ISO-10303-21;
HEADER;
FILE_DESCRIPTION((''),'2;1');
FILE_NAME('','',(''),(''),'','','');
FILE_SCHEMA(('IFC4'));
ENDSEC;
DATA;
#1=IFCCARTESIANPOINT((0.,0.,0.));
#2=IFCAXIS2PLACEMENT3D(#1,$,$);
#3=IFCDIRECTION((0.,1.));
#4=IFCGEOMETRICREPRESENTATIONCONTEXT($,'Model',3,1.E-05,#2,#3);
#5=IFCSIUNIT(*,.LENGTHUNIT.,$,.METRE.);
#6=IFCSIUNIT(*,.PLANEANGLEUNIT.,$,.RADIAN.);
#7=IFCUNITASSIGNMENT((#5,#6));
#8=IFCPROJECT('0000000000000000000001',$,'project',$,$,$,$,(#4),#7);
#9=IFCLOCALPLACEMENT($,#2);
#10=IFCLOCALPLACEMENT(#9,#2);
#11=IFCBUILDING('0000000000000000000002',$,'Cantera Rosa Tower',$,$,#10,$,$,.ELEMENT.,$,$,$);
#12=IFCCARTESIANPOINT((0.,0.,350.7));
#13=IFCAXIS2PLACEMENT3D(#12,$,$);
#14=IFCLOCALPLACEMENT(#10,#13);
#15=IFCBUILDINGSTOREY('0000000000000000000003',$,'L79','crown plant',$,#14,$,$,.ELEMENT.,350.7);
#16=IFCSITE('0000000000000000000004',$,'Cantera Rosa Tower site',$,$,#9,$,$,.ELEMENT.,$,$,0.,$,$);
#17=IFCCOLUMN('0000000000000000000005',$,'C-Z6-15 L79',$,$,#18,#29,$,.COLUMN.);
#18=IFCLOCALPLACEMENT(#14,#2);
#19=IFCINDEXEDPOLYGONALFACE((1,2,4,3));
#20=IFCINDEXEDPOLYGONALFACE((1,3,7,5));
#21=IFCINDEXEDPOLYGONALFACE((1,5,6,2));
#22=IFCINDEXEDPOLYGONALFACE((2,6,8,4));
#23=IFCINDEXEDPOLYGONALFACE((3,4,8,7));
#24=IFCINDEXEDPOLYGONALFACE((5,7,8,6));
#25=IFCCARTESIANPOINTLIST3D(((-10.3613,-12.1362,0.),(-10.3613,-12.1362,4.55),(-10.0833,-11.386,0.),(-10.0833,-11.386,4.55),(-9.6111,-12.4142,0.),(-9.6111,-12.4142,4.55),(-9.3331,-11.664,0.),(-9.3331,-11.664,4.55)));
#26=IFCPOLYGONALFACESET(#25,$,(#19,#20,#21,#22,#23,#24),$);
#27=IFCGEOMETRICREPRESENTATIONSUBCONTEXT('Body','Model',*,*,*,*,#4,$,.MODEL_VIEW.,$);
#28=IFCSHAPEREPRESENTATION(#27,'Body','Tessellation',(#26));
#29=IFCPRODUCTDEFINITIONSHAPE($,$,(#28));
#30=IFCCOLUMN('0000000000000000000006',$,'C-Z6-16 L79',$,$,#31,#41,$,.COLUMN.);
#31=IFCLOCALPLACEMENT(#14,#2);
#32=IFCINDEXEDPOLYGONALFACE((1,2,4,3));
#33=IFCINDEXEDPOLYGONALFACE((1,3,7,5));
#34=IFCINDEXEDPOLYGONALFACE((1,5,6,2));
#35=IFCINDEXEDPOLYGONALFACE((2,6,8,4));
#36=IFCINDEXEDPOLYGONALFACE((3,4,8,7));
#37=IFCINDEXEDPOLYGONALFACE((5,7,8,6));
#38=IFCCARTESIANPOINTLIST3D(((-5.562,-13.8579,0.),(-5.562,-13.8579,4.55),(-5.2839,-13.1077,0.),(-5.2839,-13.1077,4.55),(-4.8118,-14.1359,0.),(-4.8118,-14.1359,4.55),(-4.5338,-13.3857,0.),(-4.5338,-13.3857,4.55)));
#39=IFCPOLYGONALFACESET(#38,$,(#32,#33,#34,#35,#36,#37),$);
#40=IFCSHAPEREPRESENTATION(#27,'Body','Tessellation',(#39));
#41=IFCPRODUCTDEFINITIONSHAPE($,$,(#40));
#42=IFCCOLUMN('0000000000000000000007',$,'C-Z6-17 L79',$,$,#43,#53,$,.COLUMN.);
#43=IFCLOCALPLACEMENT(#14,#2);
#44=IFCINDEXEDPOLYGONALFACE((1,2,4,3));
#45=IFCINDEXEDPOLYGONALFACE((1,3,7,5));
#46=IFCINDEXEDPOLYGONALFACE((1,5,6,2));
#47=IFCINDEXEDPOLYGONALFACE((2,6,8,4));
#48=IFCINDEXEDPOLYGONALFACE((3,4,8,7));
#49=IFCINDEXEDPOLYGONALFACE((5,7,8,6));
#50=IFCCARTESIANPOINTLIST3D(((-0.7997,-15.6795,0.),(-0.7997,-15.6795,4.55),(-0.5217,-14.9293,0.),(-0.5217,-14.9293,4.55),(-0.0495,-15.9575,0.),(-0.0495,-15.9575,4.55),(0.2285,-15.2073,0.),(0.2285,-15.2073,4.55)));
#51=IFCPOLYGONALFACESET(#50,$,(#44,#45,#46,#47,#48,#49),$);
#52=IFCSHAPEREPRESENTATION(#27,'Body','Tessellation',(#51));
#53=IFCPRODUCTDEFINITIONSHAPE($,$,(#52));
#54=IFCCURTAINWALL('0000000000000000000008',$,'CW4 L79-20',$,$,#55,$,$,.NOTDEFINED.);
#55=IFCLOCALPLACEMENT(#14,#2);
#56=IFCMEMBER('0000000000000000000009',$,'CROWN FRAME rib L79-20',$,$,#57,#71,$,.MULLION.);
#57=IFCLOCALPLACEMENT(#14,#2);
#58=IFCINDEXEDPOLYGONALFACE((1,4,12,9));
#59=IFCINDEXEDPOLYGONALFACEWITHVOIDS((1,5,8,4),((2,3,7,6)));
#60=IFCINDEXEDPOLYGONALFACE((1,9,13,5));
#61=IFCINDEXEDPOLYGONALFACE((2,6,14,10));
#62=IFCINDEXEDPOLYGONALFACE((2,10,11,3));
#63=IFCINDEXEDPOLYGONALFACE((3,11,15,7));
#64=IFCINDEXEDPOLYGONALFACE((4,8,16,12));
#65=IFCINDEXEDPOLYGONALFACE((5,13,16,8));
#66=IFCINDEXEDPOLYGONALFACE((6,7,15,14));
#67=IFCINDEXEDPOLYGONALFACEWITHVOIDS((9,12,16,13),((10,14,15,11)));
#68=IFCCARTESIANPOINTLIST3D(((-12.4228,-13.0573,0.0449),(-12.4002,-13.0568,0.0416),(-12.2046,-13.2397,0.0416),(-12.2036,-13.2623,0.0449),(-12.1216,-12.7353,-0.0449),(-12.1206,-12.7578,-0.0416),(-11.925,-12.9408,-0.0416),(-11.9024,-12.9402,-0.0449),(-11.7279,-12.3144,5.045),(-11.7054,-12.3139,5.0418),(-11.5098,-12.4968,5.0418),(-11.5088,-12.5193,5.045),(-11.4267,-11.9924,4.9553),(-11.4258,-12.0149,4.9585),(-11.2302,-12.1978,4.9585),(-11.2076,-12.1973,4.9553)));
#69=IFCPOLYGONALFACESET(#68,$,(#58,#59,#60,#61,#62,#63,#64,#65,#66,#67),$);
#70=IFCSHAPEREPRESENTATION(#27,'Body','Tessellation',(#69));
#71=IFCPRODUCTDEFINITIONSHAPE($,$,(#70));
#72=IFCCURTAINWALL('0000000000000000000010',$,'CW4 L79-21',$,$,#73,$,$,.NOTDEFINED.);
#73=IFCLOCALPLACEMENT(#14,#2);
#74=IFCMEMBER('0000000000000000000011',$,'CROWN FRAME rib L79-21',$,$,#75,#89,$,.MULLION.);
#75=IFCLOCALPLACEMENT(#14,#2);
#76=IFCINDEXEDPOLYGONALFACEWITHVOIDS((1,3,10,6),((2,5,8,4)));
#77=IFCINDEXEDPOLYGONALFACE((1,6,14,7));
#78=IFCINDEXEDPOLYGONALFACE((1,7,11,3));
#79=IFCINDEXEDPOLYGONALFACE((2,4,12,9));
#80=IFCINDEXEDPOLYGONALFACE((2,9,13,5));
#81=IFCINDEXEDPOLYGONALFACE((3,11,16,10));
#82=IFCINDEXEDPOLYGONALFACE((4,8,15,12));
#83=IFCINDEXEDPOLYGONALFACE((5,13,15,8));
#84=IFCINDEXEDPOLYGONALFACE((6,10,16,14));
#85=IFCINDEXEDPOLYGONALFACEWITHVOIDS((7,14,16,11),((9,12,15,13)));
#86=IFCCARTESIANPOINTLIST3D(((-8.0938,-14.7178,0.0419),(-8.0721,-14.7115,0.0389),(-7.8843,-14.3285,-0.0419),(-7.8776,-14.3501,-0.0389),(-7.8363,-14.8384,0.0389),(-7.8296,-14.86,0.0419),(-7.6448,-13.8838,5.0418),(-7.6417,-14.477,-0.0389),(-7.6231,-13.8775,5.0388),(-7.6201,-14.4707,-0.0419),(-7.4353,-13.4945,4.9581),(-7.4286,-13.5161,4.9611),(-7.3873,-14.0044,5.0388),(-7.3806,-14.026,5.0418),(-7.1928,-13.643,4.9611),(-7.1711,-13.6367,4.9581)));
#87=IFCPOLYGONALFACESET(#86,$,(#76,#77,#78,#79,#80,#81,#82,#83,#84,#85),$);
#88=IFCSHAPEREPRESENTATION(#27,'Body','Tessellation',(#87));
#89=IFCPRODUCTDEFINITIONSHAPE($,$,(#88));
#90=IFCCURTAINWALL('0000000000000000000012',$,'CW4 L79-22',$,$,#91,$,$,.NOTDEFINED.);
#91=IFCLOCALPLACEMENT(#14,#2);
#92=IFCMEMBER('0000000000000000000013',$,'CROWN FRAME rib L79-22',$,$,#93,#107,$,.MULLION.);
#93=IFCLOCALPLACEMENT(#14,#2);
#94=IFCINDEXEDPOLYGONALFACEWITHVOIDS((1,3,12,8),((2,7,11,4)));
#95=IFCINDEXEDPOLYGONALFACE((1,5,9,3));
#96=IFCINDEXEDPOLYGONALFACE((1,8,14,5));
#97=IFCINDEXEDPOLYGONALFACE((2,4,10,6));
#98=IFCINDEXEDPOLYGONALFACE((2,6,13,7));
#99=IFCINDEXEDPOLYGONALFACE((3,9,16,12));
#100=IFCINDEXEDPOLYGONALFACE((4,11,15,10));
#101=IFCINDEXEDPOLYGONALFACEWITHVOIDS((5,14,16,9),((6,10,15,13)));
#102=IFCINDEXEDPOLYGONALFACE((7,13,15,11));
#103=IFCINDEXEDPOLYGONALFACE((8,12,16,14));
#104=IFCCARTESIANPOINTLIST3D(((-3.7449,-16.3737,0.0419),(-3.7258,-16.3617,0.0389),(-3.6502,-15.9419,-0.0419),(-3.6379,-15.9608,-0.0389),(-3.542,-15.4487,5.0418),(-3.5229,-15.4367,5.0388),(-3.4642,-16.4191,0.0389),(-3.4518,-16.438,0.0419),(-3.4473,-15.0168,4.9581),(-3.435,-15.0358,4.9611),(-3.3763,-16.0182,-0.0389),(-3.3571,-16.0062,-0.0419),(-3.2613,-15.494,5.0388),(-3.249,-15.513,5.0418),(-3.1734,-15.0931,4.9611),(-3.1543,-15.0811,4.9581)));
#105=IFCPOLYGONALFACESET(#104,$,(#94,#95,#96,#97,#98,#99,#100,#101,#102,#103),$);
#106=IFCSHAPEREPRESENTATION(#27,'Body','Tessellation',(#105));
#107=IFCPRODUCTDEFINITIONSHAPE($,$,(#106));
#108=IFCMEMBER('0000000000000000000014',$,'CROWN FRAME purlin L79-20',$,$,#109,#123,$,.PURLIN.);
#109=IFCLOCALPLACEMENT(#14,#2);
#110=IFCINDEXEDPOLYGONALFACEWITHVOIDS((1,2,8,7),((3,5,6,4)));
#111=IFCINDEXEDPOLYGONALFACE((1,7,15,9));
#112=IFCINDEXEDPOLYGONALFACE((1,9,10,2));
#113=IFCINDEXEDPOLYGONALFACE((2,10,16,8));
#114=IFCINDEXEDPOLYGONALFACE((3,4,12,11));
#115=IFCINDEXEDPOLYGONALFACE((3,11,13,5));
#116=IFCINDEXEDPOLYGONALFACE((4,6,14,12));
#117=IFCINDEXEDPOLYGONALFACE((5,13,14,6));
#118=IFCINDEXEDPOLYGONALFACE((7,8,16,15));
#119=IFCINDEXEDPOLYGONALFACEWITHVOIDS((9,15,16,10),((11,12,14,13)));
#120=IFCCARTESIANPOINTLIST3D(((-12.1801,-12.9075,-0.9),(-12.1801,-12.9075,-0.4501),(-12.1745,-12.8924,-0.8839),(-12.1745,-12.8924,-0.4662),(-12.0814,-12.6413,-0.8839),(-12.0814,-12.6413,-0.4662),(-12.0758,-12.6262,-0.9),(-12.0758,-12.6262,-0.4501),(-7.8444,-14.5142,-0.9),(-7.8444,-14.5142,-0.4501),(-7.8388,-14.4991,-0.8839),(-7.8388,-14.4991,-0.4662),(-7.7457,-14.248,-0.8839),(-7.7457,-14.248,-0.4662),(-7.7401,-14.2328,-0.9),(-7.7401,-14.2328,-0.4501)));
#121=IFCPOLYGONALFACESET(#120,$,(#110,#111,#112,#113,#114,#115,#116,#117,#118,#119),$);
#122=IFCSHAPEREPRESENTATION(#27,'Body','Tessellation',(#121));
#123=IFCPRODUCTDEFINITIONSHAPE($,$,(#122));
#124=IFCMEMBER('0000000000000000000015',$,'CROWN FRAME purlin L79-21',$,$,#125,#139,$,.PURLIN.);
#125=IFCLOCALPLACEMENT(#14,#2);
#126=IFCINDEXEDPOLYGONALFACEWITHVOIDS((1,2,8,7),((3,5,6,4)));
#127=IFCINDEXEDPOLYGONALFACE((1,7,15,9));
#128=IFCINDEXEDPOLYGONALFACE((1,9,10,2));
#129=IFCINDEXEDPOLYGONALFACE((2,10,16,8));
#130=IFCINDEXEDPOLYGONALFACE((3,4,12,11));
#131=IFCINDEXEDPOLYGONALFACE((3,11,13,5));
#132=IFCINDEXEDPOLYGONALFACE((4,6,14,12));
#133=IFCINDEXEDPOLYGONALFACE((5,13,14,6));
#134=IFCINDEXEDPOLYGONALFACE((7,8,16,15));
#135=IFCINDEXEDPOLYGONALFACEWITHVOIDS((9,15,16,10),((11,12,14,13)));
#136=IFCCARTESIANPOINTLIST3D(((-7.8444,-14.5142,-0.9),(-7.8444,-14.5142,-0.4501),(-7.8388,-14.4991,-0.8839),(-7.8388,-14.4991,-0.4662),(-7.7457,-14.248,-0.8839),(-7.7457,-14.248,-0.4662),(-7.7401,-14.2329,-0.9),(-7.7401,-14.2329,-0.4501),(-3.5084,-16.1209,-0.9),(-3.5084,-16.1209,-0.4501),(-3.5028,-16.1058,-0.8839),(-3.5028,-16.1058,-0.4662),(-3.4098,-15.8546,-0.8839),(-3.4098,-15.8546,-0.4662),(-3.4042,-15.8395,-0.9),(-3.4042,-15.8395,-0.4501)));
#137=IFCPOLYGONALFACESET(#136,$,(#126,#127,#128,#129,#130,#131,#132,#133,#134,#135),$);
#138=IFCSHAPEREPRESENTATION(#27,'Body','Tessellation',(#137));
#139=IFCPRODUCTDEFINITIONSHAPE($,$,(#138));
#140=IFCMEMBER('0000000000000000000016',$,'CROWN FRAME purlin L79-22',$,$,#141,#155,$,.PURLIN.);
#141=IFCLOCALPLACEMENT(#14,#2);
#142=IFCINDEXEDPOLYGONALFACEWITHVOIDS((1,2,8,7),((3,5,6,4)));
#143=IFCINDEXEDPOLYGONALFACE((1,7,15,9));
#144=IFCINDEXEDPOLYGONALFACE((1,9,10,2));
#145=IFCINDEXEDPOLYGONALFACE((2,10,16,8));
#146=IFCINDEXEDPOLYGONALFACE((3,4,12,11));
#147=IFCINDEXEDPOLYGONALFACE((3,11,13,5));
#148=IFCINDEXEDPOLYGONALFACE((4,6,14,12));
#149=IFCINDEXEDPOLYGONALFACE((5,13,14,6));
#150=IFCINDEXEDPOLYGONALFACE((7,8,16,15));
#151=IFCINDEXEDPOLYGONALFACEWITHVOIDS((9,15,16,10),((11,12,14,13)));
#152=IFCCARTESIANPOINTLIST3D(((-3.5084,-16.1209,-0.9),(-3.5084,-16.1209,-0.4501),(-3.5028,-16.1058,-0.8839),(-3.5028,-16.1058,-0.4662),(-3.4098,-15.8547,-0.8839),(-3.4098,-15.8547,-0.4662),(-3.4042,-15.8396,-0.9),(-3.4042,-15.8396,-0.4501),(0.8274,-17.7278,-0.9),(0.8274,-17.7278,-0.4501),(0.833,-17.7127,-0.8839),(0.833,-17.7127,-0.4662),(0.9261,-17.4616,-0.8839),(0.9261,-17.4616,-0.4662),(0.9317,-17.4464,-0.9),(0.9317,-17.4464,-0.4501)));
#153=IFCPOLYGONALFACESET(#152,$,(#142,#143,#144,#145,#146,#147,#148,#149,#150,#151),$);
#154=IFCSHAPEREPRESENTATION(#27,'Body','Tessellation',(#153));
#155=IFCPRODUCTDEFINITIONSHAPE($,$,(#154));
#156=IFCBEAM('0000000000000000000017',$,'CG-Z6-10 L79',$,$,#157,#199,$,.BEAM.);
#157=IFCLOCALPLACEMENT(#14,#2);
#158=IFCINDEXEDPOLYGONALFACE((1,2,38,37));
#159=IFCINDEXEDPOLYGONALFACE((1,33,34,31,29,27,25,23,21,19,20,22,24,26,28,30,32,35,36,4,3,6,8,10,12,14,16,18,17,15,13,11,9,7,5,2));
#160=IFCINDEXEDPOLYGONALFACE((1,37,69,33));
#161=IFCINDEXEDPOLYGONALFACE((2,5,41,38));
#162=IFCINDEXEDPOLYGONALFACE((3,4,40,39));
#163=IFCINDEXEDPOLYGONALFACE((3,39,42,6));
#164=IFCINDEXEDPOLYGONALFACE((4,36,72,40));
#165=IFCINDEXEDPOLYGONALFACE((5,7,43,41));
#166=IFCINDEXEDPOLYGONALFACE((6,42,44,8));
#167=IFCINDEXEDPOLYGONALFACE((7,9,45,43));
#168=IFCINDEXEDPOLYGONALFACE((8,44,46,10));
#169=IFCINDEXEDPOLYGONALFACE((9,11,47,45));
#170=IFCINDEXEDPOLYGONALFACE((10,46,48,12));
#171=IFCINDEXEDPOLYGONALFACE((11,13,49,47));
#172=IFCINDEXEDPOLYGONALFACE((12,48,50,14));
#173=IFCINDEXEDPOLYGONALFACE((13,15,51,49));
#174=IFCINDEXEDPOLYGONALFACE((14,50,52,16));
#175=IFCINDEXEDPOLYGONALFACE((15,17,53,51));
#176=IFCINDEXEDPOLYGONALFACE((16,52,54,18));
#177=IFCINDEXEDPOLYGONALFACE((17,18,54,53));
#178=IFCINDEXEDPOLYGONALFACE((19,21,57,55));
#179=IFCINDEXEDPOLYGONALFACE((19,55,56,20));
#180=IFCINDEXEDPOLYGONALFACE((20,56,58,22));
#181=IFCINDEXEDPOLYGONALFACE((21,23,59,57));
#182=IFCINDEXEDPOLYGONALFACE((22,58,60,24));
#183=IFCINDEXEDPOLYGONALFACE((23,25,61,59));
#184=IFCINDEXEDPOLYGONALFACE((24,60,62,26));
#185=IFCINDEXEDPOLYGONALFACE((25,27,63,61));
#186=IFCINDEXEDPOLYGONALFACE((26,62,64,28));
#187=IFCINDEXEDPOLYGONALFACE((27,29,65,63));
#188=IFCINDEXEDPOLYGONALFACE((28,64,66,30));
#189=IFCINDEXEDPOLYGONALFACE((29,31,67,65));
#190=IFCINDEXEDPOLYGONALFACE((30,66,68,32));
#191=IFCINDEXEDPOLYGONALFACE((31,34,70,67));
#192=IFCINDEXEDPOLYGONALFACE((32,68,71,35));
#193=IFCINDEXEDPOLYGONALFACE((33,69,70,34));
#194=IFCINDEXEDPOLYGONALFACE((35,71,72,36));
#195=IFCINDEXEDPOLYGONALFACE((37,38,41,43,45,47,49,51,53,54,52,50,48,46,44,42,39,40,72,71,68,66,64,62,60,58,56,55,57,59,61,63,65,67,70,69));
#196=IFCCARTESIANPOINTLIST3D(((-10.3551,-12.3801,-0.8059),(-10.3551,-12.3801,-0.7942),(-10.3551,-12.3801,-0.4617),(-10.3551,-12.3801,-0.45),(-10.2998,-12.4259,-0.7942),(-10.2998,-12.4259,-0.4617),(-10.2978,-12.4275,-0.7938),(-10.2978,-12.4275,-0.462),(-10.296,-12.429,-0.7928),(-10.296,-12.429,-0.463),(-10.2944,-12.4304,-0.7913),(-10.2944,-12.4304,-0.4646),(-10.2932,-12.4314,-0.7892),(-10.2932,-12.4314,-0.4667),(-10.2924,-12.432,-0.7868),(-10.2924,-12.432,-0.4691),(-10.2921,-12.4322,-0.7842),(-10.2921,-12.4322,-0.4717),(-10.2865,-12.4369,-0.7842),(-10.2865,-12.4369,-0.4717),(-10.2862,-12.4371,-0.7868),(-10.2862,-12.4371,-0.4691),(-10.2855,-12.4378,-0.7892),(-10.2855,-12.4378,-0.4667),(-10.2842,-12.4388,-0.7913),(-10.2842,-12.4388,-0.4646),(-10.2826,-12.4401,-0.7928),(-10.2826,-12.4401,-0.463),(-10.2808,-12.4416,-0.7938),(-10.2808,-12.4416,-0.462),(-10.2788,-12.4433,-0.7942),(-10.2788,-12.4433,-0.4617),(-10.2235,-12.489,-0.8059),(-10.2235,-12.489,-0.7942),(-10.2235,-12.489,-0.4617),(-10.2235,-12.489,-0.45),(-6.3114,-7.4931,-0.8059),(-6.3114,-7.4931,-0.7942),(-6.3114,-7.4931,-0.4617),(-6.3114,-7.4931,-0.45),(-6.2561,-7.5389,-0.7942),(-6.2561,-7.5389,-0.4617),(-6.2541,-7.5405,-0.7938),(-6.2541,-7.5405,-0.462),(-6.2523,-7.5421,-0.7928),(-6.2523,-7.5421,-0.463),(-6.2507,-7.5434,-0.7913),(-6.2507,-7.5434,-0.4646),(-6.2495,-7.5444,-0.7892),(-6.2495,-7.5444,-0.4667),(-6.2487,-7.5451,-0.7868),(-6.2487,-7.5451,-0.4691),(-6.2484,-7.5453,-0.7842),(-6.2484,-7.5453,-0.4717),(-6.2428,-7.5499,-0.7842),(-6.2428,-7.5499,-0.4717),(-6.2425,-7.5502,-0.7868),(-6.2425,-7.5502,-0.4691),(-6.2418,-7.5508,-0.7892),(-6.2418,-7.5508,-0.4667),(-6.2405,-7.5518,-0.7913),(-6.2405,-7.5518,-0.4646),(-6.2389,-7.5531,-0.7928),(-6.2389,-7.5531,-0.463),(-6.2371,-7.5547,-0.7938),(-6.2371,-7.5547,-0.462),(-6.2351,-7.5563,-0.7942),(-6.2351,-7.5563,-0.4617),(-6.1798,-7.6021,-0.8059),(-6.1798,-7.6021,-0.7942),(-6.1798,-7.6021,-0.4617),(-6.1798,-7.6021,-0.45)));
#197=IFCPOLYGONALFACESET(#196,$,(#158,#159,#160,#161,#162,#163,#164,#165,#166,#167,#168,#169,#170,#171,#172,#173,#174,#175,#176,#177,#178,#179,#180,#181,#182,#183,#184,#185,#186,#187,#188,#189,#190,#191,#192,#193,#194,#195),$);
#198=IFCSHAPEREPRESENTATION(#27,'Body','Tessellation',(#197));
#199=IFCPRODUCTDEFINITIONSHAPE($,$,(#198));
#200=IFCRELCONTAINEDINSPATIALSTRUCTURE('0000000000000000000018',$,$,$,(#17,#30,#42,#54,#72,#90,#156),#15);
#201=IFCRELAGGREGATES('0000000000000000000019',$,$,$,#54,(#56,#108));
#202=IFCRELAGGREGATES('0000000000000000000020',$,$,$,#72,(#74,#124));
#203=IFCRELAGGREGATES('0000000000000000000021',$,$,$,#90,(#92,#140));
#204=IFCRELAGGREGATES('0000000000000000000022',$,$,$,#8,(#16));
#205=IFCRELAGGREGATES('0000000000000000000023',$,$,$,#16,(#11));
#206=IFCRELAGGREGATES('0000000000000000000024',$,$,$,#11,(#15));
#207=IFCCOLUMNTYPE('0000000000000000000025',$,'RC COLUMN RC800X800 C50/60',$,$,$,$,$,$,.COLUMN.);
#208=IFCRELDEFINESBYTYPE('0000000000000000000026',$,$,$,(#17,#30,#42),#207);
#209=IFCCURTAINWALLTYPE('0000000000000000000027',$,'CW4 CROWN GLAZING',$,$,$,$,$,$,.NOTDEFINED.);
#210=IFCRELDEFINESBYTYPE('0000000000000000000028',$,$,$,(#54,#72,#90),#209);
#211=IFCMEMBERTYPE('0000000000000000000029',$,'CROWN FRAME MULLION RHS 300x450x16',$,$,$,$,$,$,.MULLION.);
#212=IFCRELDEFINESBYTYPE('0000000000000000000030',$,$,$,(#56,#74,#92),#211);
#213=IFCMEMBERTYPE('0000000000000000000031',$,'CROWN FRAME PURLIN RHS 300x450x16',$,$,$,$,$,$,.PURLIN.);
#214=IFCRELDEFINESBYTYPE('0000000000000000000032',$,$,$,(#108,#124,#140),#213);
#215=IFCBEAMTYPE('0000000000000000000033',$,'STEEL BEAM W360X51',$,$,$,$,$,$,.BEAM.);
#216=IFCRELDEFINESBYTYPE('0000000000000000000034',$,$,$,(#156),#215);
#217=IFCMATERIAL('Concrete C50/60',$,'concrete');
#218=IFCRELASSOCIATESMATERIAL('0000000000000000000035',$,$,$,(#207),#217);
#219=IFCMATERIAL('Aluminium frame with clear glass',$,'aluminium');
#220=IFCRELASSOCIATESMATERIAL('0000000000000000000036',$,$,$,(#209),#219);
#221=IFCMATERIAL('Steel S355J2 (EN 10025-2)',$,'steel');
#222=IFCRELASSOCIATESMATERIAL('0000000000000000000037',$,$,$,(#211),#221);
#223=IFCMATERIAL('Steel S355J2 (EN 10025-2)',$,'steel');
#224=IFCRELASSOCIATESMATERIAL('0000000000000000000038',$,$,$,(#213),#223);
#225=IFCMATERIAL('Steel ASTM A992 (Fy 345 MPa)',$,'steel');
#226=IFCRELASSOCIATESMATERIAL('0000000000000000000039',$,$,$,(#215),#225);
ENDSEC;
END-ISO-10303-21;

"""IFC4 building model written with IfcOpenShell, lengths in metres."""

from ifc_helpers import new_model, si_unit, direction, frame, origin, origin_2d, place, context, subcontext, project, spatial, rectangle, hollow_rectangle, i_section, extrude, material, material_profile, profile_set, type_object, element, aggregate, save


model = new_model("IFC4")

# Units and contexts
model_context = context("Model", 3, precision=1e-05, world=origin(), true_north=direction((0.0, 1.0)))
body_context = subcontext(model_context, "Body", "Model", "MODEL_VIEW")
ifc_project = project(units=[si_unit("LENGTHUNIT", "METRE"), si_unit("PLANEANGLEUNIT", "RADIAN")], contexts=[model_context])

# Site, building, storey
site_placement = place(None, origin())
site = spatial("IfcSite", under=ifc_project, at=site_placement, Name="Cantera Rosa Tower site", CompositionType="ELEMENT", RefElevation=0.0)
building_placement = place(site_placement, origin())
building = spatial("IfcBuilding", under=site, at=building_placement, Name="Cantera Rosa Tower", CompositionType="ELEMENT")
storey_placement = place(building_placement, frame((0.0, 0.0, 350.7)))
storey = spatial("IfcBuildingStorey", under=building, at=storey_placement, Name="L79", Description="crown plant", CompositionType="ELEMENT", Elevation=350.7)

# Columns
ifc_material_1 = material(Name="Concrete C50/60", Category="concrete")
ifc_material_profile_1 = material_profile(ifc_material_1, rectangle(XDim=0.8, YDim=0.8, at=origin_2d()), Name="RC COLUMN RC800X800 C50/60")
ifc_profile_set_1 = profile_set([ifc_material_profile_1], Name="Concrete C50/60")
column_type = type_object("IfcColumnType", Name="RC COLUMN RC800X800 C50/60", PredefinedType="COLUMN", material=ifc_profile_set_1)
for number, where, z_axis, x_axis, name in (
    (1, (-9.8472, -11.9001, 0.0), (0.0, 0.0, 1.0), (0.347481, 0.937687, 0.0), "C-Z6-15 L79"),
    (2, (-5.0479, -13.6218, 0.0), (0.0, 0.0, 1.0), (0.347481, 0.937687, 0.0), "C-Z6-16 L79"),
    (3, (-0.2856, -15.4434, 0.0), (0.0, 0.0, 1.0), (0.347481, 0.937687, 0.0), "C-Z6-17 L79"),
):
    element("IfcColumn", number, at=place(storey_placement, frame(where, z_axis=z_axis, x_axis=x_axis)), inside=storey, type_object=column_type, Name=name, PredefinedType="COLUMN", context=body_context, shape_type="SweptSolid", body=[
        extrude(rectangle(XDim=0.8, YDim=0.8, at=origin_2d()), origin(), (0.0, 0.0, 1.0), 4.55),
    ])

# Curtain walls, members
ifc_material_2 = material(Name="Aluminium frame with clear glass", Category="aluminium")
curtain_wall_type = type_object("IfcCurtainWallType", Name="CW4 CROWN GLAZING", PredefinedType="NOTDEFINED", material=ifc_material_2)
curtain_wall_1_placement = place(storey_placement, origin())
curtain_wall_1 = element("IfcCurtainWall", 4, at=curtain_wall_1_placement, inside=storey, type_object=curtain_wall_type, Name="CW4 L79-20", PredefinedType="NOTDEFINED")
ifc_material_3 = material(Name="Steel S355J2 (EN 10025-2)", Category="steel")
ifc_material_profile_2 = material_profile(ifc_material_3, hollow_rectangle(XDim=0.3, YDim=0.45, WallThickness=0.0161, at=origin_2d()), Name="CROWN FRAME MULLION RHS 300x450x16")
ifc_profile_set_2 = profile_set([ifc_material_profile_2], Name="Steel S355J2 (EN 10025-2)")
member_type_1 = type_object("IfcMemberType", Name="CROWN FRAME MULLION RHS 300x450x16", PredefinedType="MULLION", material=ifc_profile_set_2)
member_1_placement = place(storey_placement, frame((-12.1626, -12.9988, 0.0), z_axis=(0.136175, 0.145601, 0.979927), x_axis=(-0.730353, 0.68307, 0.0)))
member_1 = element("IfcMember", 5, at=member_1_placement, type_object=member_type_1, Name="CROWN FRAME rib L79-20", PredefinedType="MULLION", context=body_context, shape_type="SweptSolid", body=[
    extrude(hollow_rectangle(XDim=0.3, YDim=0.45, WallThickness=0.0161, at=origin_2d()), origin(), (0.0, 0.0, 1.0), 5.1025),
])
curtain_wall_2_placement = place(storey_placement, origin())
curtain_wall_2 = element("IfcCurtainWall", 6, at=curtain_wall_2_placement, inside=storey, type_object=curtain_wall_type, Name="CW4 L79-21", PredefinedType="NOTDEFINED")
member_2_placement = place(storey_placement, frame((-7.8569, -14.5942, 0.0), z_axis=(0.088226, 0.163882, 0.982527), x_axis=(-0.880512, 0.474023, 0.0)))
member_2 = element("IfcMember", 7, at=member_2_placement, type_object=member_type_1, Name="CROWN FRAME rib L79-21", PredefinedType="MULLION", context=body_context, shape_type="SweptSolid", body=[
    extrude(hollow_rectangle(XDim=0.3, YDim=0.45, WallThickness=0.0161, at=origin_2d()), origin(), (0.0, 0.0, 1.0), 5.0889),
])
curtain_wall_3_placement = place(storey_placement, origin())
curtain_wall_3 = element("IfcCurtainWall", 8, at=curtain_wall_3_placement, inside=storey, type_object=curtain_wall_type, Name="CW4 L79-22", PredefinedType="NOTDEFINED")
member_3_placement = place(storey_placement, frame((-3.551, -16.1899, 0.0), z_axis=(0.039867, 0.181778, 0.982531), x_axis=(-0.976784, 0.214227, 0.0)))
member_3 = element("IfcMember", 9, at=member_3_placement, type_object=member_type_1, Name="CROWN FRAME rib L79-22", PredefinedType="MULLION", context=body_context, shape_type="SweptSolid", body=[
    extrude(hollow_rectangle(XDim=0.3, YDim=0.45, WallThickness=0.0161, at=origin_2d()), origin(), (0.0, 0.0, 1.0), 5.0889),
])

# Members
ifc_material_4 = material(Name="Steel S355J2 (EN 10025-2)", Category="steel")
ifc_material_profile_3 = material_profile(ifc_material_4, hollow_rectangle(XDim=0.3, YDim=0.45, WallThickness=0.0161, at=origin_2d()), Name="CROWN FRAME PURLIN RHS 300x450x16")
ifc_profile_set_3 = profile_set([ifc_material_profile_3], Name="Steel S355J2 (EN 10025-2)")
member_type_2 = type_object("IfcMemberType", Name="CROWN FRAME PURLIN RHS 300x450x16", PredefinedType="PURLIN", material=ifc_profile_set_3)
member_4_placement = place(storey_placement, frame((-12.1279, -12.7668, -0.675), z_axis=(0.937687, -0.347481, 0.0), x_axis=(0.347481, 0.937687, 0.0)))
member_4 = element("IfcMember", 10, at=member_4_placement, type_object=member_type_2, Name="CROWN FRAME purlin L79-20", PredefinedType="PURLIN", context=body_context, shape_type="SweptSolid", body=[
    extrude(hollow_rectangle(XDim=0.3, YDim=0.45, WallThickness=0.0161, at=origin_2d()), origin(), (0.0, 0.0, 1.0), 4.6238),
])
member_5_placement = place(storey_placement, frame((-7.7922, -14.3735, -0.675), z_axis=(0.937693, -0.347464, 0.0), x_axis=(0.347464, 0.937693, 0.0)))
member_5 = element("IfcMember", 11, at=member_5_placement, type_object=member_type_2, Name="CROWN FRAME purlin L79-21", PredefinedType="PURLIN", context=body_context, shape_type="SweptSolid", body=[
    extrude(hollow_rectangle(XDim=0.3, YDim=0.45, WallThickness=0.0161, at=origin_2d()), origin(), (0.0, 0.0, 1.0), 4.624),
])
member_6_placement = place(storey_placement, frame((-3.4563, -15.9802, -0.675), z_axis=(0.937676, -0.34751, 0.0), x_axis=(0.34751, 0.937676, 0.0)))
member_6 = element("IfcMember", 12, at=member_6_placement, type_object=member_type_2, Name="CROWN FRAME purlin L79-22", PredefinedType="PURLIN", context=body_context, shape_type="SweptSolid", body=[
    extrude(hollow_rectangle(XDim=0.3, YDim=0.45, WallThickness=0.0161, at=origin_2d()), origin(), (0.0, 0.0, 1.0), 4.624),
])

# Beam
ifc_material_5 = material(Name="Steel ASTM A992 (Fy 345 MPa)", Category="steel")
ifc_material_profile_4 = material_profile(ifc_material_5, i_section(OverallWidth=0.1709, OverallDepth=0.356, WebThickness=0.0073, FlangeThickness=0.0117, FilletRadius=0.01, at=origin_2d()), Name="W360X51")
ifc_profile_set_4 = profile_set([ifc_material_profile_4], Name="Steel ASTM A992 (Fy 345 MPa)")
beam_type_1 = type_object("IfcBeamType", Name="STEEL BEAM W360X51", PredefinedType="BEAM", material=ifc_profile_set_4)
beam_1_placement = place(storey_placement, frame((-10.2893, -12.4346, -0.6279), z_axis=(0.637504, 0.770447, 0.0), x_axis=(-0.770447, 0.637504, 0.0)))
element("IfcBeam", 13, at=beam_1_placement, inside=storey, type_object=beam_type_1, Name="CG-Z6-10 L79", PredefinedType="BEAM", context=body_context, shape_type="SweptSolid", body=[
    extrude(i_section(OverallWidth=0.1709, OverallDepth=0.356, WebThickness=0.0073, FlangeThickness=0.0117, FilletRadius=0.01, at=origin_2d()), origin(), (0.0, 0.0, 1.0), 6.343),
])

aggregate(curtain_wall_1, [member_1, member_4])
aggregate(curtain_wall_2, [member_2, member_5])
aggregate(curtain_wall_3, [member_3, member_6])

save(model, "model.ifc")
